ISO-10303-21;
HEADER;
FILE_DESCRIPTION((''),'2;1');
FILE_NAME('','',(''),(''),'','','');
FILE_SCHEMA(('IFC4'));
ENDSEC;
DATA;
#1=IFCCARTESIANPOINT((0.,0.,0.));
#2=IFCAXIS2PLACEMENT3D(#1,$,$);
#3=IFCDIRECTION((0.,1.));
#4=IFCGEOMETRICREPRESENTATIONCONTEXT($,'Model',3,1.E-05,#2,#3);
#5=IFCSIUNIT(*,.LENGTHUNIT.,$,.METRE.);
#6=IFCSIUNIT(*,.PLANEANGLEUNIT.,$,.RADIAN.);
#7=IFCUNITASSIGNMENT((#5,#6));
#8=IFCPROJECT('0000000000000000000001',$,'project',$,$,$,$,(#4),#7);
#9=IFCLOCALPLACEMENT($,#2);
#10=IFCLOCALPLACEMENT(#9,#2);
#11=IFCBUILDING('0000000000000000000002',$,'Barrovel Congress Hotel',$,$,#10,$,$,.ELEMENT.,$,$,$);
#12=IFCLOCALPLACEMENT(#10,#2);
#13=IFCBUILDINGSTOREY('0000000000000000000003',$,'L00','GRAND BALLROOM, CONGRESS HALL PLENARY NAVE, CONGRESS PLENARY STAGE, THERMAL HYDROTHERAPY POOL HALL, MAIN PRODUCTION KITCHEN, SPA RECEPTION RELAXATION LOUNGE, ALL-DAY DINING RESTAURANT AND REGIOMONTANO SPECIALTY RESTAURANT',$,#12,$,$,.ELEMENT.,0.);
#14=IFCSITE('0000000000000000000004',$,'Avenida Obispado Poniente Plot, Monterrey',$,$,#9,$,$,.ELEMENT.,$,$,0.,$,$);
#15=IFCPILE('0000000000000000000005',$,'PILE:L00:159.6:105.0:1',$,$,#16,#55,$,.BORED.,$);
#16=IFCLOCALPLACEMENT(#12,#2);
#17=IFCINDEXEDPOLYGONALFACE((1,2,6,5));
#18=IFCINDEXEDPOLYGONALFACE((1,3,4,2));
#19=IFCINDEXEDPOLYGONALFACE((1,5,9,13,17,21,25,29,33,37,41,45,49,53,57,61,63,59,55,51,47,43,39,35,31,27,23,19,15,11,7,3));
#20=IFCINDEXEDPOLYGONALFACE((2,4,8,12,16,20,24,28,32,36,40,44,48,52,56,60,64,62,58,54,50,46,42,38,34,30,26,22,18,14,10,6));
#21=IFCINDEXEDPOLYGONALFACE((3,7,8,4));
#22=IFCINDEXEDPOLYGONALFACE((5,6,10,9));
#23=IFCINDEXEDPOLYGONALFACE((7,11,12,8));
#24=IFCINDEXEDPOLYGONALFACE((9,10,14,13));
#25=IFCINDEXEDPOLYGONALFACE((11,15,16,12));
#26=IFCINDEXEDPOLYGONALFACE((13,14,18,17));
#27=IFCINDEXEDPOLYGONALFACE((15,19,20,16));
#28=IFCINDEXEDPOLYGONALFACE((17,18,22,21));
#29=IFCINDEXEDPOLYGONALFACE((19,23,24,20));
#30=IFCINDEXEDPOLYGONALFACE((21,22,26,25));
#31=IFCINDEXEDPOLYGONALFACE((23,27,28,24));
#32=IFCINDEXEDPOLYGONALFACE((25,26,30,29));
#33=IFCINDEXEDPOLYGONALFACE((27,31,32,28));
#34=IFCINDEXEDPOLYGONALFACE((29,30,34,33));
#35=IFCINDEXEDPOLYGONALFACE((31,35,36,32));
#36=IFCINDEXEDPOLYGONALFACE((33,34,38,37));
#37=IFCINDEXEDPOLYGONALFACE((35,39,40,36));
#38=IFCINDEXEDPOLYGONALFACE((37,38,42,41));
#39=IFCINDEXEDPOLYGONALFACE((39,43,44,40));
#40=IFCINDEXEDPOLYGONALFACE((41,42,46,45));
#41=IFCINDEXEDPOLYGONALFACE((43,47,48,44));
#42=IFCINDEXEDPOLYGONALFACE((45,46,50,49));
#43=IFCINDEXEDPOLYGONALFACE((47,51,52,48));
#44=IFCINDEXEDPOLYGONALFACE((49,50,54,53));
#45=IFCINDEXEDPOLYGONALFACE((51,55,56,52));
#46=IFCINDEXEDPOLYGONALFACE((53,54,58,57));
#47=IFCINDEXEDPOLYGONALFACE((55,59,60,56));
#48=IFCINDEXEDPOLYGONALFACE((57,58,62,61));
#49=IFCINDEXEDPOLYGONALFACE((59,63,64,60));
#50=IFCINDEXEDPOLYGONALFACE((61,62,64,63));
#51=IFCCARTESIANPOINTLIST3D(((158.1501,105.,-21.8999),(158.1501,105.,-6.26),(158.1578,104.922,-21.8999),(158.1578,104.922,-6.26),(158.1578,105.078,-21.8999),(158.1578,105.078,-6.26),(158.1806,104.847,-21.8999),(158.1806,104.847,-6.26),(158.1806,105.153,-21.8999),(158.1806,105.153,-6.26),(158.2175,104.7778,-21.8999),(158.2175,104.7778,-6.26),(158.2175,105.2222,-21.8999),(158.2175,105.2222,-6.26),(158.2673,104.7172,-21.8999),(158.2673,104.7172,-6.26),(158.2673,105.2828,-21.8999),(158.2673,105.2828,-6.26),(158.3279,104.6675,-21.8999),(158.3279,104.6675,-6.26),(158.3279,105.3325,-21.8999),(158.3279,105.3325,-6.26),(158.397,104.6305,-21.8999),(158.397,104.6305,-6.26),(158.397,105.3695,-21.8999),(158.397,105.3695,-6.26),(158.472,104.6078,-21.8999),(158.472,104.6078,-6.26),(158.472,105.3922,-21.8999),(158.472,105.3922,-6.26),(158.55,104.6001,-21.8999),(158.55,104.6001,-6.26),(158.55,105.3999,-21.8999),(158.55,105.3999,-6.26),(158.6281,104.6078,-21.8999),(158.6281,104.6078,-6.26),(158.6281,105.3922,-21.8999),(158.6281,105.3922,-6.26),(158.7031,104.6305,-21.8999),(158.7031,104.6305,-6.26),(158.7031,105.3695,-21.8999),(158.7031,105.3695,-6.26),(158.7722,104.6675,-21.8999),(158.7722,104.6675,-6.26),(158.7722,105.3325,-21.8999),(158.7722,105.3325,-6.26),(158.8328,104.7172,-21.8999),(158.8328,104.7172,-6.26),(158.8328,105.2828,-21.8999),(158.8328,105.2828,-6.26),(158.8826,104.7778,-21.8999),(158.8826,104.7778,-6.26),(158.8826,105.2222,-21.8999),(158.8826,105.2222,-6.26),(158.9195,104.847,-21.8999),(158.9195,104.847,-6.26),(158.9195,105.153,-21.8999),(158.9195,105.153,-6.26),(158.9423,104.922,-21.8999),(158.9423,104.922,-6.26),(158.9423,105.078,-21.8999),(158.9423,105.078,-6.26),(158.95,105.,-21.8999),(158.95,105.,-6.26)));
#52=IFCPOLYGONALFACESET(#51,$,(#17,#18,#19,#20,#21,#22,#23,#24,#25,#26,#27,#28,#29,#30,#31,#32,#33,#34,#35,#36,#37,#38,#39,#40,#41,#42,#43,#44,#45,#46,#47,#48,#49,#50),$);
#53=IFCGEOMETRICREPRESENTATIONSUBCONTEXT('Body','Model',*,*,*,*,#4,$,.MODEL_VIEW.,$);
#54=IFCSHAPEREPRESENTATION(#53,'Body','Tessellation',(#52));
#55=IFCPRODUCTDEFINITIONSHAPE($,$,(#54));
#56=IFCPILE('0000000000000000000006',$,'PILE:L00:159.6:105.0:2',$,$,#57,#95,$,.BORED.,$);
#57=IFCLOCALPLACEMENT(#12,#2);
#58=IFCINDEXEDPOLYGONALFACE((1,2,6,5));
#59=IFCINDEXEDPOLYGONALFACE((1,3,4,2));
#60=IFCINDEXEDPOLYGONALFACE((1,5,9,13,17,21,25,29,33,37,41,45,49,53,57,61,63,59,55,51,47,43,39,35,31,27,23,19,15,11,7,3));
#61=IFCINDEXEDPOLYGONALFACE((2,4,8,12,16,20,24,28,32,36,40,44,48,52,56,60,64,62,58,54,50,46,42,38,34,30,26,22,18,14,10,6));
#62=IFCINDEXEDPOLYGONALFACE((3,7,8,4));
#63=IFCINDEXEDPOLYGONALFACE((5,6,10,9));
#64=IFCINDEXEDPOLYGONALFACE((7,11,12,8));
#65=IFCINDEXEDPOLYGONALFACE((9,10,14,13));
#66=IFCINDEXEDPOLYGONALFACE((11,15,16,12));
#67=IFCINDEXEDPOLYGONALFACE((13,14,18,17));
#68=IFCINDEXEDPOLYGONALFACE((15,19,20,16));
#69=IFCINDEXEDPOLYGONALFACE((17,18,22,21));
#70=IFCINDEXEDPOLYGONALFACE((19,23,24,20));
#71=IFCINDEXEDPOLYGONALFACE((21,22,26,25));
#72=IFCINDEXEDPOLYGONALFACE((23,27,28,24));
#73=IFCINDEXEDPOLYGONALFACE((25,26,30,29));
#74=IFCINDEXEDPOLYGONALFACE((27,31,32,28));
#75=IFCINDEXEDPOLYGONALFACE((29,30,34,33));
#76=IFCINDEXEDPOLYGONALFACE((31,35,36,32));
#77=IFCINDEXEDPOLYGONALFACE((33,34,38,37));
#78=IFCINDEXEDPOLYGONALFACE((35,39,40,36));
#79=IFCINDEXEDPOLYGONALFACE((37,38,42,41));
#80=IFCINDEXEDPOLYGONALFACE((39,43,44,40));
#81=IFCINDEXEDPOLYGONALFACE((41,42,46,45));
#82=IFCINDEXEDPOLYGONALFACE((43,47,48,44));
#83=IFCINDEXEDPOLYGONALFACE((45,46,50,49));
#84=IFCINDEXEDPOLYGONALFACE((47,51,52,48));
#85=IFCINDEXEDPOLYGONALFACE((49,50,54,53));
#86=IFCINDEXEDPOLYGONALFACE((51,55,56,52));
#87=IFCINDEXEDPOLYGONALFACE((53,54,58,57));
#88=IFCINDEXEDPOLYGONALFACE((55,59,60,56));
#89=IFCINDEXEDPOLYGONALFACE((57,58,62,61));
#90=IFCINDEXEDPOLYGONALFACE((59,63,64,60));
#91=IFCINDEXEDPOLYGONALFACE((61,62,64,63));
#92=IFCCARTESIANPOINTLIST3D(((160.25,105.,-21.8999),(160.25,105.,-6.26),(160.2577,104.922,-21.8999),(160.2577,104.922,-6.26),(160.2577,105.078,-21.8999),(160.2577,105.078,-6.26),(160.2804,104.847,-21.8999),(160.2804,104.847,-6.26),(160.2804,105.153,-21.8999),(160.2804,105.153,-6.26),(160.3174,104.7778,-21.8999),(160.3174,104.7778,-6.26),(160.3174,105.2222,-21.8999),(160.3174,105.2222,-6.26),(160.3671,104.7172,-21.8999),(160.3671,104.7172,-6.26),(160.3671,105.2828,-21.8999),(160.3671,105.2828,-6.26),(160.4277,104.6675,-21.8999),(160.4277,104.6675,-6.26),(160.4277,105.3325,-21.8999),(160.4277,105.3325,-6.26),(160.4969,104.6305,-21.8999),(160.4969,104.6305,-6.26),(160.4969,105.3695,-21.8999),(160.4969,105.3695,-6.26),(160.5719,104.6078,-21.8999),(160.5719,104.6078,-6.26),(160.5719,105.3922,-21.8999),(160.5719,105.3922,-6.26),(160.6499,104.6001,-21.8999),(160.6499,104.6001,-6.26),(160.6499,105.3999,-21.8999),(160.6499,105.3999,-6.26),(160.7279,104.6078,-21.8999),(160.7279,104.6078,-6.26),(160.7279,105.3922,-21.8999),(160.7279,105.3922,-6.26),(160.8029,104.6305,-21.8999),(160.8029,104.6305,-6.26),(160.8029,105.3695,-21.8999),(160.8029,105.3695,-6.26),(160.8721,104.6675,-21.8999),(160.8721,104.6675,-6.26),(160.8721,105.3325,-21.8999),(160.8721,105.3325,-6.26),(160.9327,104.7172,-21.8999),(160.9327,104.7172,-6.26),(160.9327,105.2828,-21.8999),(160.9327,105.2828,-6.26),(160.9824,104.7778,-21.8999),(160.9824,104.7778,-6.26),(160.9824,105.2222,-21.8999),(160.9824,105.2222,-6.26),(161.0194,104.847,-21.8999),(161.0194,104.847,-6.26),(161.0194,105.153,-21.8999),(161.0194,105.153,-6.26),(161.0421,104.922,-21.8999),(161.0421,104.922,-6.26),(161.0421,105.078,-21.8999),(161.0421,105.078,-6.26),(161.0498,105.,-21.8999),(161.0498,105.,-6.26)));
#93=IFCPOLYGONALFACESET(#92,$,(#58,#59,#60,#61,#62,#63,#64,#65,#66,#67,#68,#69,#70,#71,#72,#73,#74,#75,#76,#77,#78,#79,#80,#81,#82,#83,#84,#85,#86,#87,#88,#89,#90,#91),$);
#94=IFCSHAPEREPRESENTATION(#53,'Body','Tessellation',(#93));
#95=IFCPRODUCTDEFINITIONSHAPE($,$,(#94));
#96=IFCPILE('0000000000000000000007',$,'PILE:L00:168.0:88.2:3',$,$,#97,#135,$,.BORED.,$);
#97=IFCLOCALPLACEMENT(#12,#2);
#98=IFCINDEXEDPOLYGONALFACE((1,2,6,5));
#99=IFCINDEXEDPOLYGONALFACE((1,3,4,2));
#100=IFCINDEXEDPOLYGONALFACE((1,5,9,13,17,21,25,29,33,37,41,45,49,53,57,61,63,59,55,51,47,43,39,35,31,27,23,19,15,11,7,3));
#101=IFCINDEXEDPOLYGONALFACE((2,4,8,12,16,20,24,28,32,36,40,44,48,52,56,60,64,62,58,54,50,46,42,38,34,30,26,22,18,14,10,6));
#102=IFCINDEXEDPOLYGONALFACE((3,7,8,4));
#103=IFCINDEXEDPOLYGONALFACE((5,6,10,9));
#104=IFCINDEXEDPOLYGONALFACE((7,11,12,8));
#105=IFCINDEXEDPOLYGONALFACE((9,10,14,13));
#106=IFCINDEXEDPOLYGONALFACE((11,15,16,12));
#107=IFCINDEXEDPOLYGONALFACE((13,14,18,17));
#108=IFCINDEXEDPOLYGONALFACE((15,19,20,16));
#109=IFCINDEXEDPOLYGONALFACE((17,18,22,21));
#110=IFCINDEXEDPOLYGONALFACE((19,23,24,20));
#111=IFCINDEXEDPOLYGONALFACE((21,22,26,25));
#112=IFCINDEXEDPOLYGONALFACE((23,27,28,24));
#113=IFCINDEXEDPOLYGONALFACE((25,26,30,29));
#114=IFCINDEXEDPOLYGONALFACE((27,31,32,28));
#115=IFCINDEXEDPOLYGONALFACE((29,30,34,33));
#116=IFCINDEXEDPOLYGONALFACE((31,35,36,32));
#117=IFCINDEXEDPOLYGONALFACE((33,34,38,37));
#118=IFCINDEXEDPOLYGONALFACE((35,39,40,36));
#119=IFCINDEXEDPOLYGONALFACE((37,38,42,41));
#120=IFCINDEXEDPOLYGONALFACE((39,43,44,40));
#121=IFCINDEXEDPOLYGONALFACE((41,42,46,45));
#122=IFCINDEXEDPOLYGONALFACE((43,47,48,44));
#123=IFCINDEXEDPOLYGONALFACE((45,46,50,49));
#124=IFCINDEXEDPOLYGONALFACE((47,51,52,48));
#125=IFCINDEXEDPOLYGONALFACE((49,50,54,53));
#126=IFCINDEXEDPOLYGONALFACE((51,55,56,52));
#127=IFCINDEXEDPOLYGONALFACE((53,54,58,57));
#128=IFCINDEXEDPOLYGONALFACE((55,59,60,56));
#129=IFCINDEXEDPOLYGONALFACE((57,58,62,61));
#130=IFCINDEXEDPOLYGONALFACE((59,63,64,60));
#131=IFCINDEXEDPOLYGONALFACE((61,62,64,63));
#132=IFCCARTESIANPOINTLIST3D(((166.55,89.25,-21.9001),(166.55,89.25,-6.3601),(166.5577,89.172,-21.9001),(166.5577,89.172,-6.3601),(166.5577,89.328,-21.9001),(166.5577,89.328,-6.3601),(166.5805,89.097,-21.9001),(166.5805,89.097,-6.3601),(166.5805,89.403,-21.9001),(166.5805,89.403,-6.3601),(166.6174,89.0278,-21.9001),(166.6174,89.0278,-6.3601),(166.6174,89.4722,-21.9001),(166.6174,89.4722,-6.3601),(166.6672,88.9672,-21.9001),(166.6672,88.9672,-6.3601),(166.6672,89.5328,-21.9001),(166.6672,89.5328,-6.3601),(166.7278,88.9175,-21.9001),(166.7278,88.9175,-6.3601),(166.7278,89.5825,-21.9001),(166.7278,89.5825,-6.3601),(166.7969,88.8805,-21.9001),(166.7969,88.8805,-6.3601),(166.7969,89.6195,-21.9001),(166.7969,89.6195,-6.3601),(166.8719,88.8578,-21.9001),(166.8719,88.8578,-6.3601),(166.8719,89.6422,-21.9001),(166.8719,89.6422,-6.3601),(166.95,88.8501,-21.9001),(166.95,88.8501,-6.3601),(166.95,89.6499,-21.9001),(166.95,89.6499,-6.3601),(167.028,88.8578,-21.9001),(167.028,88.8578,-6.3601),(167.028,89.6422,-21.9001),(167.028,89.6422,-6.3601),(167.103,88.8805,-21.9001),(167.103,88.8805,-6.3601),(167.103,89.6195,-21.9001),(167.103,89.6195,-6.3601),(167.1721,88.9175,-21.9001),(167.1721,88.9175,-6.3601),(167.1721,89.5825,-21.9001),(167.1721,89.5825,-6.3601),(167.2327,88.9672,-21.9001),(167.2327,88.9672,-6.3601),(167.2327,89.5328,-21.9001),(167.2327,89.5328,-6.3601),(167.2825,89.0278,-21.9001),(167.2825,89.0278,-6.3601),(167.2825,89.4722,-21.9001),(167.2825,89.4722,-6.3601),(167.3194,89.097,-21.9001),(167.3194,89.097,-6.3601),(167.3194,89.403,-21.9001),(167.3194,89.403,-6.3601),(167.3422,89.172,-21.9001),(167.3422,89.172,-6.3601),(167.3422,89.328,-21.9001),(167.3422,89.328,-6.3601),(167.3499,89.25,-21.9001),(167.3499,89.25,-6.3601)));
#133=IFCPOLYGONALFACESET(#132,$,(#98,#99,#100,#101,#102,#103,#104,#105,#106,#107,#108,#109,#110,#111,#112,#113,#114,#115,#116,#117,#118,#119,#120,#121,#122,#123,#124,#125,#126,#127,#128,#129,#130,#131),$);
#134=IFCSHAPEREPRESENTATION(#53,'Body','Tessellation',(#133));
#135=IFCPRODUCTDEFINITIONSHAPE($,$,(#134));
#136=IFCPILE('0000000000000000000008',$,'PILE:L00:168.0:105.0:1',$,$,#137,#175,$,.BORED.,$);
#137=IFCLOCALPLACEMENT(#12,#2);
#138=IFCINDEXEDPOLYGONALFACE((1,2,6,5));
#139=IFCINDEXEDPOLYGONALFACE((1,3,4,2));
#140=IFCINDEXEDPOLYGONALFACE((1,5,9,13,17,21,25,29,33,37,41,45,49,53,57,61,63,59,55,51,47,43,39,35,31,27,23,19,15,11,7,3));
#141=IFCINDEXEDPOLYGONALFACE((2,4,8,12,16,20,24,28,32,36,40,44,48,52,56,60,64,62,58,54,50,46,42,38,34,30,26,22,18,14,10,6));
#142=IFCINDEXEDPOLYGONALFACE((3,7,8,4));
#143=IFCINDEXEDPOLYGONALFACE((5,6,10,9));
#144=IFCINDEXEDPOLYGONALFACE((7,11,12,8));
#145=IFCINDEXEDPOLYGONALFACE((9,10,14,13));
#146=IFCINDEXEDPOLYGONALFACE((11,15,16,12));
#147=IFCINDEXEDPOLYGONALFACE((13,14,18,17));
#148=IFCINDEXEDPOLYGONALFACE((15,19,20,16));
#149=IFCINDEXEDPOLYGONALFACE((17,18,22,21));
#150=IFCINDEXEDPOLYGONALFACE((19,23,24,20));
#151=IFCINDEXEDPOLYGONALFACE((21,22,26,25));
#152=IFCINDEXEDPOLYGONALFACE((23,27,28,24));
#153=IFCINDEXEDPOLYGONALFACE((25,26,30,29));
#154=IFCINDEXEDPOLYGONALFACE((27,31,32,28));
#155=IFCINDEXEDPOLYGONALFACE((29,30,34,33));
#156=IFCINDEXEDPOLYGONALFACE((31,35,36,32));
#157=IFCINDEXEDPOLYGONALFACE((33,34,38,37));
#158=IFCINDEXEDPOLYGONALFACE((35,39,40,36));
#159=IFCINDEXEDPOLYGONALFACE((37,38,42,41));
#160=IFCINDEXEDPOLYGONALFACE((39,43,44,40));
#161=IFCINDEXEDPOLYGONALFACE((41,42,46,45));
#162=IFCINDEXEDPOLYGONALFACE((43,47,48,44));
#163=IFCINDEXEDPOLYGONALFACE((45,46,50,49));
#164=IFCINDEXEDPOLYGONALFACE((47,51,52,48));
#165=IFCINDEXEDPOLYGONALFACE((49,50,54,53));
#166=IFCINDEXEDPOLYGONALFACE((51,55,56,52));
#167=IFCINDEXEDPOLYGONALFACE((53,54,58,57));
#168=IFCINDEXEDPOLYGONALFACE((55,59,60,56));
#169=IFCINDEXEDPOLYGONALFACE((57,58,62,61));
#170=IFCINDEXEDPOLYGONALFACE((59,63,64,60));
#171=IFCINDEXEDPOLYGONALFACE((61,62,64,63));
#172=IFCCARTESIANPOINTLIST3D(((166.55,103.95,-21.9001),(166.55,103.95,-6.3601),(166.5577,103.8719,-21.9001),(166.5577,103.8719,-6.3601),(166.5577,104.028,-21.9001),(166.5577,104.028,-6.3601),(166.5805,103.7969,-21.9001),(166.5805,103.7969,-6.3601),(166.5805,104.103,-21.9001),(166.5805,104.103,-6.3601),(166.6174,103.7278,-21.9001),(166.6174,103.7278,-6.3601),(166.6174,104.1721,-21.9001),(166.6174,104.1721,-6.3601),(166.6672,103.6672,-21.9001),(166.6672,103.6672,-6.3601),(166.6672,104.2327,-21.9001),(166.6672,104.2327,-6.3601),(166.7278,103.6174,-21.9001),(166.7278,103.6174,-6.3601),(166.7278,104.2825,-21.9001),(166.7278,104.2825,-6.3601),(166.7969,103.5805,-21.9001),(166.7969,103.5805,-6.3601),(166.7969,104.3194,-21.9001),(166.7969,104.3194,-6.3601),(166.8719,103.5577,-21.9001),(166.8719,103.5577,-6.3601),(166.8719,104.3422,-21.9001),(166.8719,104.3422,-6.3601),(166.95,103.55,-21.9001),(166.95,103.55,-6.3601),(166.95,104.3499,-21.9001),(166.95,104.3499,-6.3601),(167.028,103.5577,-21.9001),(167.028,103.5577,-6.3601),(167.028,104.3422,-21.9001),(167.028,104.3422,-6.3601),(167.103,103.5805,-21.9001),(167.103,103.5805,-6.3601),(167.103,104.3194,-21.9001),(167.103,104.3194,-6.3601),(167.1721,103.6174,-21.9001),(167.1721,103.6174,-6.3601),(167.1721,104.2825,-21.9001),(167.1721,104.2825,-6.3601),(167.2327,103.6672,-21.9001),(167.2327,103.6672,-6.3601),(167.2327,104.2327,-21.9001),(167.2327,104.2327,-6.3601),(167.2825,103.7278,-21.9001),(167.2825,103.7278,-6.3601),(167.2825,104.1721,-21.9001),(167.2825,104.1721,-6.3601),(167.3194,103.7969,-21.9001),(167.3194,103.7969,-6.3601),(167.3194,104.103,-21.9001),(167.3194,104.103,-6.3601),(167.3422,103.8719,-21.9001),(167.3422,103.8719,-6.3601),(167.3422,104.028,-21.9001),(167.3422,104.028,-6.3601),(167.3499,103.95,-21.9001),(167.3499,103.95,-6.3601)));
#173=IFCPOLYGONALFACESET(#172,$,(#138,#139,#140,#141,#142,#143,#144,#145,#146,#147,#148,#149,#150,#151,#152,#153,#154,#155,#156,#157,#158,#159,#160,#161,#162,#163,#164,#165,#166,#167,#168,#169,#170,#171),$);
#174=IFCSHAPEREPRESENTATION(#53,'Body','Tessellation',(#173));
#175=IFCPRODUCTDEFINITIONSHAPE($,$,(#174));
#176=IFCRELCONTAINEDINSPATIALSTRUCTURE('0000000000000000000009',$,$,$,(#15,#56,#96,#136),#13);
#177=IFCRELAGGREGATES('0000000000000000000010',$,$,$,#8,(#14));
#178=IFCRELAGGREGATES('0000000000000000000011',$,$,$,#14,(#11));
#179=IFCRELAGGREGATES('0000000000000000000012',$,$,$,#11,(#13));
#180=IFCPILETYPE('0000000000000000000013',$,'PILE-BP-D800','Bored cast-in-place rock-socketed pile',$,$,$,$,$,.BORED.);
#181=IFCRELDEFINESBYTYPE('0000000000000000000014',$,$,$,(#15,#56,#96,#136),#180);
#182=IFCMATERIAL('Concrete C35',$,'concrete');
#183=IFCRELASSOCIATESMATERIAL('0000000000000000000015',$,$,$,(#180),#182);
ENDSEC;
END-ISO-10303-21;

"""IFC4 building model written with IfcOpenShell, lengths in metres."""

from ifc_helpers import new_model, si_unit, direction, frame, origin, origin_2d, place, context, subcontext, project, spatial, circle, extrude, material, material_profile, profile_set, type_object, element, save


model = new_model("IFC4")

# Units and contexts
model_context = context("Model", 3, precision=1e-05, world=origin(), true_north=direction((0.0, 1.0)))
body_context = subcontext(model_context, "Body", "Model", "MODEL_VIEW")
ifc_project = project(units=[si_unit("LENGTHUNIT", "METRE"), si_unit("PLANEANGLEUNIT", "RADIAN")], contexts=[model_context])

# Site, building, storey
site_placement = place(None, origin())
site = spatial("IfcSite", under=ifc_project, at=site_placement, Name="Avenida Obispado Poniente Plot, Monterrey", CompositionType="ELEMENT", RefElevation=0.0)
building_placement = place(site_placement, origin())
building = spatial("IfcBuilding", under=site, at=building_placement, Name="Barrovel Congress Hotel", CompositionType="ELEMENT")
storey_placement = place(building_placement, origin())
storey = spatial("IfcBuildingStorey", under=building, at=storey_placement, Name="L00", Description="GRAND BALLROOM, CONGRESS HALL PLENARY NAVE, CONGRESS PLENARY STAGE, THERMAL HYDROTHERAPY POOL HALL, MAIN PRODUCTION KITCHEN, SPA RECEPTION RELAXATION LOUNGE, ALL-DAY DINING RESTAURANT AND REGIOMONTANO SPECIALTY RESTAURANT", CompositionType="ELEMENT", Elevation=0.0)

# Piles
ifc_material_1 = material(Name="Concrete C35", Category="concrete")
ifc_material_profile_1 = material_profile(ifc_material_1, circle(Radius=0.3999, at=origin_2d()), Name="BP-D800")
ifc_profile_set_1 = profile_set([ifc_material_profile_1], Name="Concrete C35")
pile_type = type_object("IfcPileType", Name="PILE-BP-D800", Description="Bored cast-in-place rock-socketed pile", PredefinedType="BORED", material=ifc_profile_set_1)
for number, where, z_axis, x_axis, name in (
    (1, (158.55, 105.0, -6.26), (0.0, 0.0, -1.0), (1.0, 0.0, 0.0), "PILE:L00:159.6:105.0:1"),
    (2, (160.6499, 105.0, -6.26), (0.0, 0.0, -1.0), (1.0, 0.0, 0.0), "PILE:L00:159.6:105.0:2"),
):
    element("IfcPile", number, at=place(storey_placement, frame(where, z_axis=z_axis, x_axis=x_axis)), inside=storey, type_object=pile_type, Name=name, PredefinedType="BORED", context=body_context, shape_type="SweptSolid", body=[
        extrude(circle(Radius=0.3999, at=origin_2d()), origin(), (0.0, 0.0, 1.0), 15.6399),
    ])
for number, where, z_axis, x_axis, name in (
    (3, (166.95, 89.25, -6.3601), (0.0, 0.0, -1.0), (1.0, 0.0, 0.0), "PILE:L00:168.0:88.2:3"),
    (4, (166.95, 103.95, -6.3601), (0.0, 0.0, -1.0), (1.0, 0.0, 0.0), "PILE:L00:168.0:105.0:1"),
):
    element("IfcPile", number, at=place(storey_placement, frame(where, z_axis=z_axis, x_axis=x_axis)), inside=storey, type_object=pile_type, Name=name, PredefinedType="BORED", context=body_context, shape_type="SweptSolid", body=[
        extrude(circle(Radius=0.3999, at=origin_2d()), origin(), (0.0, 0.0, 1.0), 15.54),
    ])

save(model, "model.ifc")
